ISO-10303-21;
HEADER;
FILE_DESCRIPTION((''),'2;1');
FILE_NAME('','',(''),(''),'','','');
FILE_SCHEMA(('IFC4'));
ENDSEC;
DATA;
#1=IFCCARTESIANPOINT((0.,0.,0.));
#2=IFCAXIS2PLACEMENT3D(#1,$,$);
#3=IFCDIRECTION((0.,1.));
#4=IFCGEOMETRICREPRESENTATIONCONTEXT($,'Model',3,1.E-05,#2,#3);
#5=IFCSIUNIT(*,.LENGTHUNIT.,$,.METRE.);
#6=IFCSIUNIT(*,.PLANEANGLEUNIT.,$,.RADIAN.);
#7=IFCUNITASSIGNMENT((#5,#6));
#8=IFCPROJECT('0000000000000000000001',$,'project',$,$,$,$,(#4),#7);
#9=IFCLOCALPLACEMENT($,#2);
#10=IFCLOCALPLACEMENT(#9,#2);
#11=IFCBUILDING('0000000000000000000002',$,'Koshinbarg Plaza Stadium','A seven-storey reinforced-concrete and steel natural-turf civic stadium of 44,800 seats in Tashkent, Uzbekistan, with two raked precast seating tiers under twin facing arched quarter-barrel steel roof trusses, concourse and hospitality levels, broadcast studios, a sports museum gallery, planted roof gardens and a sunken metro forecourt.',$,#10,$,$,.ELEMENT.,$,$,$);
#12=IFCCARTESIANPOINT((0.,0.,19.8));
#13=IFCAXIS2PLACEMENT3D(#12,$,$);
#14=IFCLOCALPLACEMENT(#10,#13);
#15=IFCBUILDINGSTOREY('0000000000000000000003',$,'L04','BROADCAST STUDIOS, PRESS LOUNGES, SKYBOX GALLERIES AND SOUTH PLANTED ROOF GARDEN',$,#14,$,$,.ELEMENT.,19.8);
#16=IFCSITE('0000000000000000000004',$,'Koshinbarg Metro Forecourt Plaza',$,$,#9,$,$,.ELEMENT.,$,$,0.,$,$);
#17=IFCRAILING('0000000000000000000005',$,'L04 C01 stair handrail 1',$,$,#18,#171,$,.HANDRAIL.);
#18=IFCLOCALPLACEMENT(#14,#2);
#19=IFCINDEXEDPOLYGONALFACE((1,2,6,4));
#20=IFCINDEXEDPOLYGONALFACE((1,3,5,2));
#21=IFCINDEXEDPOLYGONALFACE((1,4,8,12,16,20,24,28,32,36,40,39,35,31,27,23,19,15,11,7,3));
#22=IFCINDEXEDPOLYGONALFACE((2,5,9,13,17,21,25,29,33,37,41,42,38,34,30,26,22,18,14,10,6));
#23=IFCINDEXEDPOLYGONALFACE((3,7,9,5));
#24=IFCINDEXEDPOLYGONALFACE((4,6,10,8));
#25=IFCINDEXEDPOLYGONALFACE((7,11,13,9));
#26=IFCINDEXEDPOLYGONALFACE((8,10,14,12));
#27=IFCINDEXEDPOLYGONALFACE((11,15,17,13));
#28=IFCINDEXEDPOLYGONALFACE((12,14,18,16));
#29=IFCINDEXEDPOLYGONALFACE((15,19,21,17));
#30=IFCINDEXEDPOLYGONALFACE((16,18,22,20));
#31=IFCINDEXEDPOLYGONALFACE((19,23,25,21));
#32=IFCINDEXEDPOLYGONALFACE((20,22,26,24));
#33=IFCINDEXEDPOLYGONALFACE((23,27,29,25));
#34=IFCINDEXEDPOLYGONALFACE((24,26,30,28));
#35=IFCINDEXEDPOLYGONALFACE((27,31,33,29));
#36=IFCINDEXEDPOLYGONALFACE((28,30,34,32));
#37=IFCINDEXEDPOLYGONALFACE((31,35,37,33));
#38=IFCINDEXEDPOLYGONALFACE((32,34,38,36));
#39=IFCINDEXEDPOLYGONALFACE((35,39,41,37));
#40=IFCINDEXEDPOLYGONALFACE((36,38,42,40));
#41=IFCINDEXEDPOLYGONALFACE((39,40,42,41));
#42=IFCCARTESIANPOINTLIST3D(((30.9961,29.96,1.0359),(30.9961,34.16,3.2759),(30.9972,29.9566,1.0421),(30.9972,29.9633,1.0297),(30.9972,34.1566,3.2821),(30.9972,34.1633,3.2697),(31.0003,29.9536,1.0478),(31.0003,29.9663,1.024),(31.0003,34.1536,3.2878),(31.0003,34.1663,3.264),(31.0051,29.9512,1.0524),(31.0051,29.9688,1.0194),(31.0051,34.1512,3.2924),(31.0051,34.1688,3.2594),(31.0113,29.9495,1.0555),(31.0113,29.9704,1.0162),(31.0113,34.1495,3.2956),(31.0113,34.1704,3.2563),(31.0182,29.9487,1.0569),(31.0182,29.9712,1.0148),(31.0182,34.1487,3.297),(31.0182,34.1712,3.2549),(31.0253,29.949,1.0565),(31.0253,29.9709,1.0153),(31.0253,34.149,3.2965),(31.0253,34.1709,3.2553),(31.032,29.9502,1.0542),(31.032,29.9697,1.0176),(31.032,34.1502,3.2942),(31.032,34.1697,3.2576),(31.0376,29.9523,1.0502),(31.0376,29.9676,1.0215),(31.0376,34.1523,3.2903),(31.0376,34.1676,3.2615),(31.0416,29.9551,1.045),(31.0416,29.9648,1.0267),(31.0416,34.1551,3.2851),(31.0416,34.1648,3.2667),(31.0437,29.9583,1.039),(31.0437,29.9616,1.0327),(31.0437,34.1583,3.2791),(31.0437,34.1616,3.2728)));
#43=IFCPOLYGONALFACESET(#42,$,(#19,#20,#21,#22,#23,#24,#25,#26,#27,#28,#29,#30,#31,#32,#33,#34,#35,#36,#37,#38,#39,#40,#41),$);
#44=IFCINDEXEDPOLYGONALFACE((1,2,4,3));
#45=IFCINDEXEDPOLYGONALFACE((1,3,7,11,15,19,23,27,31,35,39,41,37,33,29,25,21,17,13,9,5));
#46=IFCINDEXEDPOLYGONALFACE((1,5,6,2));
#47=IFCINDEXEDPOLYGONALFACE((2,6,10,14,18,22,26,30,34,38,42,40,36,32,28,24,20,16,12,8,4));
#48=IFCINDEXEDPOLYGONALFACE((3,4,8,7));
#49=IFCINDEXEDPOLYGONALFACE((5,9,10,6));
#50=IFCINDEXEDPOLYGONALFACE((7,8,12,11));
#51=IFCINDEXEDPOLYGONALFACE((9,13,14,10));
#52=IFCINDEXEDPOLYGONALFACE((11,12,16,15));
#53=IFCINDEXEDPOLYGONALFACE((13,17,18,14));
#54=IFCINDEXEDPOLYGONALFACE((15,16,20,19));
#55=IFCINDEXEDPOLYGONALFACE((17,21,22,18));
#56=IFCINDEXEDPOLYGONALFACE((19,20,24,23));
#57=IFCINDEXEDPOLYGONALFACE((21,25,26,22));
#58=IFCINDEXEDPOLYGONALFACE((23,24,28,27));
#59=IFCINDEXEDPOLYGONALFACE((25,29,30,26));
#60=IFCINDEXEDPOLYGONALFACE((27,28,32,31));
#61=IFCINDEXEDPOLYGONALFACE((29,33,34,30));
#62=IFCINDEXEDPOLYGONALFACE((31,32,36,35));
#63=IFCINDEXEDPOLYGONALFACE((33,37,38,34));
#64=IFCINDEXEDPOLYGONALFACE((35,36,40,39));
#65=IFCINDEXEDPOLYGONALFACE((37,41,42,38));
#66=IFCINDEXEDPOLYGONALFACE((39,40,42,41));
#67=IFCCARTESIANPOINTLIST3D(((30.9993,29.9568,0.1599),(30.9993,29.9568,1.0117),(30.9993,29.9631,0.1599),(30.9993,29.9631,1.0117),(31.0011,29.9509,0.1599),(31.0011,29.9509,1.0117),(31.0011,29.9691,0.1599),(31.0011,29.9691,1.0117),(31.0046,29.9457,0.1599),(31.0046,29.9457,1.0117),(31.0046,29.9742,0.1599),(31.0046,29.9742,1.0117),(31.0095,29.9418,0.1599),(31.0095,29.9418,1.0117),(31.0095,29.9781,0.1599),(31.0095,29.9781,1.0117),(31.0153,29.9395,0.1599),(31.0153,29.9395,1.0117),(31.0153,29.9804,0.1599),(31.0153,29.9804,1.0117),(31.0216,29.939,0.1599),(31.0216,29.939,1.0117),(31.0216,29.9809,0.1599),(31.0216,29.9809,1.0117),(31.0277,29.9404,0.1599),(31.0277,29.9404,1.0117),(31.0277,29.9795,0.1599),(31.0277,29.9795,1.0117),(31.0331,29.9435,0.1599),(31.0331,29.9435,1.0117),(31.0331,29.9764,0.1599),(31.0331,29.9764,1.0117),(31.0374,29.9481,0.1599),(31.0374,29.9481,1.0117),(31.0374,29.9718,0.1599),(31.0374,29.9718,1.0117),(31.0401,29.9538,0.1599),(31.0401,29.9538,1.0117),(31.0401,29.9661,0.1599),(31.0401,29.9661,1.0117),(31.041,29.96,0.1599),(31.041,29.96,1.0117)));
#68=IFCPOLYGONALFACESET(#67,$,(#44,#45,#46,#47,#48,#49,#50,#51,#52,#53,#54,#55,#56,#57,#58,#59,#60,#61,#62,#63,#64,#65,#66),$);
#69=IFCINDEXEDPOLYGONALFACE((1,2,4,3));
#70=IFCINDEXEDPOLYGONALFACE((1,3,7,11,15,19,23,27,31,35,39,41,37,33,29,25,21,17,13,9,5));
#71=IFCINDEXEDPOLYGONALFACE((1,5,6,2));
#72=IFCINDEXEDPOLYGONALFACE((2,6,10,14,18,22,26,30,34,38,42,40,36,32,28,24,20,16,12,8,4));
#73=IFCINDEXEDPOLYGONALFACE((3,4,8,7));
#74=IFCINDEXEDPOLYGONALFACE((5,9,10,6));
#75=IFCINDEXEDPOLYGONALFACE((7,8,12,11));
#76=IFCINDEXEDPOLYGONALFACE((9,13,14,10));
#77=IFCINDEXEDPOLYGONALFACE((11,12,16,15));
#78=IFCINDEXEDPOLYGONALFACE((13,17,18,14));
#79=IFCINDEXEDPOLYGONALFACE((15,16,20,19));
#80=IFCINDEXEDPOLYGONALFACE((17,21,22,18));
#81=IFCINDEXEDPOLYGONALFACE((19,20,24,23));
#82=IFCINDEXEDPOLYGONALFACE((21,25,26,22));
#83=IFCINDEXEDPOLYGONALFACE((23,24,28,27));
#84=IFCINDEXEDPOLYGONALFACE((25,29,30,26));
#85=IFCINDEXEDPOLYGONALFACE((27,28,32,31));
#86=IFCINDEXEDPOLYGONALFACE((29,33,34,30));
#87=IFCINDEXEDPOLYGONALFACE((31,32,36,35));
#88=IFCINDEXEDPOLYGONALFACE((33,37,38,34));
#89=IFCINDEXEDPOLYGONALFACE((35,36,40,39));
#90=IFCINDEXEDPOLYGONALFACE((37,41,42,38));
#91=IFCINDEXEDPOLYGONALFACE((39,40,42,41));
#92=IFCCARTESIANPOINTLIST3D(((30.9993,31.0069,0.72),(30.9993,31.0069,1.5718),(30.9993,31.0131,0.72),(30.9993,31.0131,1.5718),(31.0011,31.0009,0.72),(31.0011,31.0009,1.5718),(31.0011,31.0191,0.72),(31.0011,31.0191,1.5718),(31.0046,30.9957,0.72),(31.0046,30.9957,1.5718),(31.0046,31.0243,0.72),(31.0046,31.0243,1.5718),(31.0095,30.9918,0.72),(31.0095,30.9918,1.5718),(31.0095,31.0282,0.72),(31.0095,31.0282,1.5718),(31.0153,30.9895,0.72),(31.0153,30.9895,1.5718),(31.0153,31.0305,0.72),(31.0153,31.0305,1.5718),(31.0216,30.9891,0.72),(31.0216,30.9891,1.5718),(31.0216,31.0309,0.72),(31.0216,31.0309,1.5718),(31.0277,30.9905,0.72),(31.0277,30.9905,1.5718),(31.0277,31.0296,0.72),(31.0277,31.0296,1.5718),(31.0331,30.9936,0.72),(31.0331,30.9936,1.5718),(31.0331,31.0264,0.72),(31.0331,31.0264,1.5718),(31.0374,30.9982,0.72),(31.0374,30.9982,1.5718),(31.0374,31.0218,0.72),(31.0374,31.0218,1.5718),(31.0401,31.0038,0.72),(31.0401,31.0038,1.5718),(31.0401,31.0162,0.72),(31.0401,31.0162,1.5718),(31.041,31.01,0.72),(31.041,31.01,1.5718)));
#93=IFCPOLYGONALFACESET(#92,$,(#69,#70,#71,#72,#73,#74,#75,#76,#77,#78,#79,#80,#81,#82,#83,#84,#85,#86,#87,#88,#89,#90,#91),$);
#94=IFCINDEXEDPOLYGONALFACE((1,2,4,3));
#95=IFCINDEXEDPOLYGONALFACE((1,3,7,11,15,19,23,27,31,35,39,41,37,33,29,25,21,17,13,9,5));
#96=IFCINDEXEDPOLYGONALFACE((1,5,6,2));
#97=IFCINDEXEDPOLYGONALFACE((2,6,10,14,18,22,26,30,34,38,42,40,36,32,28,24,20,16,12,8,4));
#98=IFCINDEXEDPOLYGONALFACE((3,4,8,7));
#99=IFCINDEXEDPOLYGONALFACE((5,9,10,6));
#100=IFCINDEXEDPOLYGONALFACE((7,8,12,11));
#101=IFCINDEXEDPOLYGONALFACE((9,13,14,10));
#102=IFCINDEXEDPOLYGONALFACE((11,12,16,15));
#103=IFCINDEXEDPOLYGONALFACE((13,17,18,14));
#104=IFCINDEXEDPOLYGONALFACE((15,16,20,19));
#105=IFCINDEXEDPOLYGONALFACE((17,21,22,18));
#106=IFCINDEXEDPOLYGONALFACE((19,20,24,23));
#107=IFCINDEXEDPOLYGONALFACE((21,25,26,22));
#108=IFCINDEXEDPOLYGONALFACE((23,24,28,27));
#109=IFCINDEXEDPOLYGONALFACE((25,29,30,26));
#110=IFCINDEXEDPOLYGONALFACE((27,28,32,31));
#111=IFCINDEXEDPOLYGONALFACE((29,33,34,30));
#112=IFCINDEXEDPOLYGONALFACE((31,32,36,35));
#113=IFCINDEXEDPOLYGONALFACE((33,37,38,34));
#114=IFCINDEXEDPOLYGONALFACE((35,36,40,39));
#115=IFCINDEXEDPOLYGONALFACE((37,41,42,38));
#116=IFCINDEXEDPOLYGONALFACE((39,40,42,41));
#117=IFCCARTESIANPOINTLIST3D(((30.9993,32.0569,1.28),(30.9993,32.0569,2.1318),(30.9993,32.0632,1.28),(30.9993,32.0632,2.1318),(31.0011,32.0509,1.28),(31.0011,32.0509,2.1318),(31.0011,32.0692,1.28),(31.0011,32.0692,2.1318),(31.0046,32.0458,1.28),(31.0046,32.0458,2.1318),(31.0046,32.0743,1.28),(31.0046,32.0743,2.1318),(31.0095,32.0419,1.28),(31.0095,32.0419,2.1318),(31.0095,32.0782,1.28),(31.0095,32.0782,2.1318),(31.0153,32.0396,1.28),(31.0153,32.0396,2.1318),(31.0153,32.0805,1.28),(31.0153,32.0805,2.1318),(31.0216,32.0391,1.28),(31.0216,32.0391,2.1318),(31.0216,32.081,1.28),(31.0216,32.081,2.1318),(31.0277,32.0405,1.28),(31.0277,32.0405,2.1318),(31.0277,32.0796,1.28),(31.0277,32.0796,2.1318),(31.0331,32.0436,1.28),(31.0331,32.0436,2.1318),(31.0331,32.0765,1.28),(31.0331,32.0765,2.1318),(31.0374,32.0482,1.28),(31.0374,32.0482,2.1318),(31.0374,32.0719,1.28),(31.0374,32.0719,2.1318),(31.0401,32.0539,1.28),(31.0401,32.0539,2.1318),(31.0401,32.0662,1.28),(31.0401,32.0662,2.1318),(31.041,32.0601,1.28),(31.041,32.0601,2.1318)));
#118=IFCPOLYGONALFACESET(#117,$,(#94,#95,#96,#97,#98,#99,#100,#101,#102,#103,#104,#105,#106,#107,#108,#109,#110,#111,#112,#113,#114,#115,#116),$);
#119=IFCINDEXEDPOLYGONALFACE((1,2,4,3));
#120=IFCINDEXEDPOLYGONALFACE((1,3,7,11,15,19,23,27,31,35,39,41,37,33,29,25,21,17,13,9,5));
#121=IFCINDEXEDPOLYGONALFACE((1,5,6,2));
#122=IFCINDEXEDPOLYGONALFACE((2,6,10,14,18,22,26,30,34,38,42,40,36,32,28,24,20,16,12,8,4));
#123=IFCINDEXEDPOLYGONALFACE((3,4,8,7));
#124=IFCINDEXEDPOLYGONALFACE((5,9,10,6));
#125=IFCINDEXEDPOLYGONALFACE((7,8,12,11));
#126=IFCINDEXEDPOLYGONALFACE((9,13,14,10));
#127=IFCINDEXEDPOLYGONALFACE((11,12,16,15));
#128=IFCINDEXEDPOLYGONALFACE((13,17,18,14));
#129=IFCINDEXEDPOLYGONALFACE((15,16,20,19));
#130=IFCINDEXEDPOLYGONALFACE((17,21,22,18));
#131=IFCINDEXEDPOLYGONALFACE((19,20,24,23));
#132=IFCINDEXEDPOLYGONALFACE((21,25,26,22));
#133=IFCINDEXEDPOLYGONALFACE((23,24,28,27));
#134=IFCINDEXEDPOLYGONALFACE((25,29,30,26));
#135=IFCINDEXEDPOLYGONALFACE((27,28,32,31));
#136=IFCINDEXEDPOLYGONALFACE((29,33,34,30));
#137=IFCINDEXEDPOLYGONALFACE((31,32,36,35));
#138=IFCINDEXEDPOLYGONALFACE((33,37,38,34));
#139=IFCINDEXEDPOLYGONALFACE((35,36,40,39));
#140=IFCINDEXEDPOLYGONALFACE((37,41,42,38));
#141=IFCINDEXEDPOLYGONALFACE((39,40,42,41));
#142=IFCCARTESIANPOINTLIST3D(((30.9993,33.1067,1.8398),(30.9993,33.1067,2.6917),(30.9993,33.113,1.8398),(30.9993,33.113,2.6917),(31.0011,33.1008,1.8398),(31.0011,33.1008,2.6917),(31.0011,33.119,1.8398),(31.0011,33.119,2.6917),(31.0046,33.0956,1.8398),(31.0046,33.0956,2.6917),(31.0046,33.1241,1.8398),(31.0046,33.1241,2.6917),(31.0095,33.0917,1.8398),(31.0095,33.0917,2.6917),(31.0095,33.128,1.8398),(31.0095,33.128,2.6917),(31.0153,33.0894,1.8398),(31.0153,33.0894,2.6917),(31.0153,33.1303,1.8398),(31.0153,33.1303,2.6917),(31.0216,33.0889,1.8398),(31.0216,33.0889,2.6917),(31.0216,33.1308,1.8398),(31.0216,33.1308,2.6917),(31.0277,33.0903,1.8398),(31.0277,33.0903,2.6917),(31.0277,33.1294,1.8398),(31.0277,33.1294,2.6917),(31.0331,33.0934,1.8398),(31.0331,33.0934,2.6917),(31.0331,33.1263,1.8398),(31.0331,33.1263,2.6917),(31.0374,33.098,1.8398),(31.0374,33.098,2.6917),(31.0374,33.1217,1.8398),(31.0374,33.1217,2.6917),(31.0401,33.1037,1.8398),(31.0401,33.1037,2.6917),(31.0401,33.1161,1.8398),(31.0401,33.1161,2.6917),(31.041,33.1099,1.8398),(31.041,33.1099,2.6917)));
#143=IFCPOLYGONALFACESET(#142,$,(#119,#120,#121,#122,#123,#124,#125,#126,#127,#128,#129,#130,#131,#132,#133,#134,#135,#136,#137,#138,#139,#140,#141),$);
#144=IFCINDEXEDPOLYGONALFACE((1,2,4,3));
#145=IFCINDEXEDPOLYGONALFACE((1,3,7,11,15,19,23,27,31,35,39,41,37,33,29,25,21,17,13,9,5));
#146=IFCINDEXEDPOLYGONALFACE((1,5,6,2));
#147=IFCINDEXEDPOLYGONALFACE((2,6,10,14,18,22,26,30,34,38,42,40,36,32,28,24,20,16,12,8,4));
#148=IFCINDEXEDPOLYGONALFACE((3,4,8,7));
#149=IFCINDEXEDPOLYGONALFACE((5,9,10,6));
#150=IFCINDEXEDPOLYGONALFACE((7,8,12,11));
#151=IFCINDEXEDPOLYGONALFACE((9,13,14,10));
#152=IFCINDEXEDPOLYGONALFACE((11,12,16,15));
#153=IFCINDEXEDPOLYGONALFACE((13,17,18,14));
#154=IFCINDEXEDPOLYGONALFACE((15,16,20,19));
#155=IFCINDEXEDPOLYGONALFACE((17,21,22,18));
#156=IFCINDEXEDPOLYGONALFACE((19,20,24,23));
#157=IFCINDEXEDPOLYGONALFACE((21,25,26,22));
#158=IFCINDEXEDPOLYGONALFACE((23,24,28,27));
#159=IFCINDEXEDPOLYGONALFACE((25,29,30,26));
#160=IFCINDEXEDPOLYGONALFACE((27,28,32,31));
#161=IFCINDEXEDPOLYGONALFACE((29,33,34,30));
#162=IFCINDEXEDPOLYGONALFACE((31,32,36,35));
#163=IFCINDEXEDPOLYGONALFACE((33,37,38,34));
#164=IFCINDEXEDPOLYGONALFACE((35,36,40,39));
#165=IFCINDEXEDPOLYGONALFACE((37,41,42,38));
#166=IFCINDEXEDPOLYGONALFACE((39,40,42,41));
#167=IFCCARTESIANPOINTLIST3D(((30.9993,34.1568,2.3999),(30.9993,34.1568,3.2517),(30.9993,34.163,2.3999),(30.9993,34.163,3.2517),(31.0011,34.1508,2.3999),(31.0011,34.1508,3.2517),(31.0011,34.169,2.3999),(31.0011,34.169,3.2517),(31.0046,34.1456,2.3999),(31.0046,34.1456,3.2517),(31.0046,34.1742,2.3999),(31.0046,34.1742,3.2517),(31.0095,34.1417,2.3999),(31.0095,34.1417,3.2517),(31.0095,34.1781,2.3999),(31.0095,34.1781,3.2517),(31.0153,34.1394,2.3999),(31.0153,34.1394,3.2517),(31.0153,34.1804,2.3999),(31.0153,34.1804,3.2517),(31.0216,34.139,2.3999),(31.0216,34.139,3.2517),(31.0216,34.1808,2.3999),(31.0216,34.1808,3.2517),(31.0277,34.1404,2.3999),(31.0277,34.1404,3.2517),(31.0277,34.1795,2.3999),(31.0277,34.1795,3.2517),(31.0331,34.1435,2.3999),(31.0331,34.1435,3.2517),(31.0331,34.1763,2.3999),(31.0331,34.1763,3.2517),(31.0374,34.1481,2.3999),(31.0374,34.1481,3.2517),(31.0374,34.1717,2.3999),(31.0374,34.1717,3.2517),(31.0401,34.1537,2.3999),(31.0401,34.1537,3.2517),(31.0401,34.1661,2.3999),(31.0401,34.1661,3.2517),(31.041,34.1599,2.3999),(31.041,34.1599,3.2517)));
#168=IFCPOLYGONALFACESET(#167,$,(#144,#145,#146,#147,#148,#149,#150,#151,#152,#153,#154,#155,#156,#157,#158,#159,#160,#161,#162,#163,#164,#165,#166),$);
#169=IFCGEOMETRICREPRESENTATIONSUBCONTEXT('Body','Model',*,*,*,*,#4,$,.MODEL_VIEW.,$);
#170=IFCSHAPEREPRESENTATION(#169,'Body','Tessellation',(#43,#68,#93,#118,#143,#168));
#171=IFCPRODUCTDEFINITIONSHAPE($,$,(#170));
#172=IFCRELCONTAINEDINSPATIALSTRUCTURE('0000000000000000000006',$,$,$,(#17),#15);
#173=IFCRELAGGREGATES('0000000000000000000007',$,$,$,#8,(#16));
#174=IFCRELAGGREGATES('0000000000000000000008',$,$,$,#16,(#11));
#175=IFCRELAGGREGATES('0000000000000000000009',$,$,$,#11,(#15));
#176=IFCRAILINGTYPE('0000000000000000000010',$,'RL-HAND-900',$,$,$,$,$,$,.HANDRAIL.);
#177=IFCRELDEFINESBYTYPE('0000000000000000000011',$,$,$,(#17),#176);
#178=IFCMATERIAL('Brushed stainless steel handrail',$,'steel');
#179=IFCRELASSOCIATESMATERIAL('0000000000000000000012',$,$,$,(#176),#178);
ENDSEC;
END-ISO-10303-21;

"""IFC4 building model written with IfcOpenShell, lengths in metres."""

from ifc_helpers import new_model, si_unit, direction, frame, origin, origin_2d, place, context, subcontext, project, spatial, circle, extrude, material, type_object, element, save


model = new_model("IFC4")

# Units and contexts
model_context = context("Model", 3, precision=1e-05, world=origin(), true_north=direction((0.0, 1.0)))
body_context = subcontext(model_context, "Body", "Model", "MODEL_VIEW")
ifc_project = project(units=[si_unit("LENGTHUNIT", "METRE"), si_unit("PLANEANGLEUNIT", "RADIAN")], contexts=[model_context])

# Site, building, storey
site_placement = place(None, origin())
site = spatial("IfcSite", under=ifc_project, at=site_placement, Name="Koshinbarg Metro Forecourt Plaza", CompositionType="ELEMENT", RefElevation=0.0)
building_placement = place(site_placement, origin())
building = spatial("IfcBuilding", under=site, at=building_placement, Name="Koshinbarg Plaza Stadium", Description="A seven-storey reinforced-concrete and steel natural-turf civic stadium of 44,800 seats in Tashkent, Uzbekistan, with two raked precast seating tiers under twin facing arched quarter-barrel steel roof trusses, concourse and hospitality levels, broadcast studios, a sports museum gallery, planted roof gardens and a sunken metro forecourt.", CompositionType="ELEMENT")
storey_placement = place(building_placement, frame((0.0, 0.0, 19.8)))
storey = spatial("IfcBuildingStorey", under=building, at=storey_placement, Name="L04", Description="BROADCAST STUDIOS, PRESS LOUNGES, SKYBOX GALLERIES AND SOUTH PLANTED ROOF GARDEN", CompositionType="ELEMENT", Elevation=19.8)

# Railing
ifc_material_1 = material(Name="Brushed stainless steel handrail", Category="steel")
railing_type_1 = type_object("IfcRailingType", Name="RL-HAND-900", PredefinedType="HANDRAIL", material=ifc_material_1)
railing_1_placement = place(storey_placement, frame((31.02, 29.96, 0.1599)))
element("IfcRailing", 1, at=railing_1_placement, inside=storey, type_object=railing_type_1, Name="L04 C01 stair handrail 1", PredefinedType="HANDRAIL", context=body_context, shape_type="SweptSolid", body=[
    extrude(circle(Radius=0.0239, at=origin_2d()), frame((0.0, 0.0, 0.876), z_axis=(0.0, 0.882352, 0.470591), x_axis=(-1.0, 0.0, 0.0)), (0.0, 0.0, 1.0), 4.76),
    extrude(circle(Radius=0.021, at=origin_2d()), origin(), (0.0, 0.0, 1.0), 0.8518),
    extrude(circle(Radius=0.021, at=origin_2d()), frame((0.0, 1.05, 0.5601)), (0.0, 0.0, 1.0), 0.8518),
    extrude(circle(Radius=0.021, at=origin_2d()), frame((0.0, 2.1001, 1.1201)), (0.0, 0.0, 1.0), 0.8518),
    extrude(circle(Radius=0.021, at=origin_2d()), frame((0.0, 3.1499, 1.6799)), (0.0, 0.0, 1.0), 0.8518),
    extrude(circle(Radius=0.021, at=origin_2d()), frame((0.0, 4.2, 2.24)), (0.0, 0.0, 1.0), 0.8518),
])

save(model, "model.ifc")
